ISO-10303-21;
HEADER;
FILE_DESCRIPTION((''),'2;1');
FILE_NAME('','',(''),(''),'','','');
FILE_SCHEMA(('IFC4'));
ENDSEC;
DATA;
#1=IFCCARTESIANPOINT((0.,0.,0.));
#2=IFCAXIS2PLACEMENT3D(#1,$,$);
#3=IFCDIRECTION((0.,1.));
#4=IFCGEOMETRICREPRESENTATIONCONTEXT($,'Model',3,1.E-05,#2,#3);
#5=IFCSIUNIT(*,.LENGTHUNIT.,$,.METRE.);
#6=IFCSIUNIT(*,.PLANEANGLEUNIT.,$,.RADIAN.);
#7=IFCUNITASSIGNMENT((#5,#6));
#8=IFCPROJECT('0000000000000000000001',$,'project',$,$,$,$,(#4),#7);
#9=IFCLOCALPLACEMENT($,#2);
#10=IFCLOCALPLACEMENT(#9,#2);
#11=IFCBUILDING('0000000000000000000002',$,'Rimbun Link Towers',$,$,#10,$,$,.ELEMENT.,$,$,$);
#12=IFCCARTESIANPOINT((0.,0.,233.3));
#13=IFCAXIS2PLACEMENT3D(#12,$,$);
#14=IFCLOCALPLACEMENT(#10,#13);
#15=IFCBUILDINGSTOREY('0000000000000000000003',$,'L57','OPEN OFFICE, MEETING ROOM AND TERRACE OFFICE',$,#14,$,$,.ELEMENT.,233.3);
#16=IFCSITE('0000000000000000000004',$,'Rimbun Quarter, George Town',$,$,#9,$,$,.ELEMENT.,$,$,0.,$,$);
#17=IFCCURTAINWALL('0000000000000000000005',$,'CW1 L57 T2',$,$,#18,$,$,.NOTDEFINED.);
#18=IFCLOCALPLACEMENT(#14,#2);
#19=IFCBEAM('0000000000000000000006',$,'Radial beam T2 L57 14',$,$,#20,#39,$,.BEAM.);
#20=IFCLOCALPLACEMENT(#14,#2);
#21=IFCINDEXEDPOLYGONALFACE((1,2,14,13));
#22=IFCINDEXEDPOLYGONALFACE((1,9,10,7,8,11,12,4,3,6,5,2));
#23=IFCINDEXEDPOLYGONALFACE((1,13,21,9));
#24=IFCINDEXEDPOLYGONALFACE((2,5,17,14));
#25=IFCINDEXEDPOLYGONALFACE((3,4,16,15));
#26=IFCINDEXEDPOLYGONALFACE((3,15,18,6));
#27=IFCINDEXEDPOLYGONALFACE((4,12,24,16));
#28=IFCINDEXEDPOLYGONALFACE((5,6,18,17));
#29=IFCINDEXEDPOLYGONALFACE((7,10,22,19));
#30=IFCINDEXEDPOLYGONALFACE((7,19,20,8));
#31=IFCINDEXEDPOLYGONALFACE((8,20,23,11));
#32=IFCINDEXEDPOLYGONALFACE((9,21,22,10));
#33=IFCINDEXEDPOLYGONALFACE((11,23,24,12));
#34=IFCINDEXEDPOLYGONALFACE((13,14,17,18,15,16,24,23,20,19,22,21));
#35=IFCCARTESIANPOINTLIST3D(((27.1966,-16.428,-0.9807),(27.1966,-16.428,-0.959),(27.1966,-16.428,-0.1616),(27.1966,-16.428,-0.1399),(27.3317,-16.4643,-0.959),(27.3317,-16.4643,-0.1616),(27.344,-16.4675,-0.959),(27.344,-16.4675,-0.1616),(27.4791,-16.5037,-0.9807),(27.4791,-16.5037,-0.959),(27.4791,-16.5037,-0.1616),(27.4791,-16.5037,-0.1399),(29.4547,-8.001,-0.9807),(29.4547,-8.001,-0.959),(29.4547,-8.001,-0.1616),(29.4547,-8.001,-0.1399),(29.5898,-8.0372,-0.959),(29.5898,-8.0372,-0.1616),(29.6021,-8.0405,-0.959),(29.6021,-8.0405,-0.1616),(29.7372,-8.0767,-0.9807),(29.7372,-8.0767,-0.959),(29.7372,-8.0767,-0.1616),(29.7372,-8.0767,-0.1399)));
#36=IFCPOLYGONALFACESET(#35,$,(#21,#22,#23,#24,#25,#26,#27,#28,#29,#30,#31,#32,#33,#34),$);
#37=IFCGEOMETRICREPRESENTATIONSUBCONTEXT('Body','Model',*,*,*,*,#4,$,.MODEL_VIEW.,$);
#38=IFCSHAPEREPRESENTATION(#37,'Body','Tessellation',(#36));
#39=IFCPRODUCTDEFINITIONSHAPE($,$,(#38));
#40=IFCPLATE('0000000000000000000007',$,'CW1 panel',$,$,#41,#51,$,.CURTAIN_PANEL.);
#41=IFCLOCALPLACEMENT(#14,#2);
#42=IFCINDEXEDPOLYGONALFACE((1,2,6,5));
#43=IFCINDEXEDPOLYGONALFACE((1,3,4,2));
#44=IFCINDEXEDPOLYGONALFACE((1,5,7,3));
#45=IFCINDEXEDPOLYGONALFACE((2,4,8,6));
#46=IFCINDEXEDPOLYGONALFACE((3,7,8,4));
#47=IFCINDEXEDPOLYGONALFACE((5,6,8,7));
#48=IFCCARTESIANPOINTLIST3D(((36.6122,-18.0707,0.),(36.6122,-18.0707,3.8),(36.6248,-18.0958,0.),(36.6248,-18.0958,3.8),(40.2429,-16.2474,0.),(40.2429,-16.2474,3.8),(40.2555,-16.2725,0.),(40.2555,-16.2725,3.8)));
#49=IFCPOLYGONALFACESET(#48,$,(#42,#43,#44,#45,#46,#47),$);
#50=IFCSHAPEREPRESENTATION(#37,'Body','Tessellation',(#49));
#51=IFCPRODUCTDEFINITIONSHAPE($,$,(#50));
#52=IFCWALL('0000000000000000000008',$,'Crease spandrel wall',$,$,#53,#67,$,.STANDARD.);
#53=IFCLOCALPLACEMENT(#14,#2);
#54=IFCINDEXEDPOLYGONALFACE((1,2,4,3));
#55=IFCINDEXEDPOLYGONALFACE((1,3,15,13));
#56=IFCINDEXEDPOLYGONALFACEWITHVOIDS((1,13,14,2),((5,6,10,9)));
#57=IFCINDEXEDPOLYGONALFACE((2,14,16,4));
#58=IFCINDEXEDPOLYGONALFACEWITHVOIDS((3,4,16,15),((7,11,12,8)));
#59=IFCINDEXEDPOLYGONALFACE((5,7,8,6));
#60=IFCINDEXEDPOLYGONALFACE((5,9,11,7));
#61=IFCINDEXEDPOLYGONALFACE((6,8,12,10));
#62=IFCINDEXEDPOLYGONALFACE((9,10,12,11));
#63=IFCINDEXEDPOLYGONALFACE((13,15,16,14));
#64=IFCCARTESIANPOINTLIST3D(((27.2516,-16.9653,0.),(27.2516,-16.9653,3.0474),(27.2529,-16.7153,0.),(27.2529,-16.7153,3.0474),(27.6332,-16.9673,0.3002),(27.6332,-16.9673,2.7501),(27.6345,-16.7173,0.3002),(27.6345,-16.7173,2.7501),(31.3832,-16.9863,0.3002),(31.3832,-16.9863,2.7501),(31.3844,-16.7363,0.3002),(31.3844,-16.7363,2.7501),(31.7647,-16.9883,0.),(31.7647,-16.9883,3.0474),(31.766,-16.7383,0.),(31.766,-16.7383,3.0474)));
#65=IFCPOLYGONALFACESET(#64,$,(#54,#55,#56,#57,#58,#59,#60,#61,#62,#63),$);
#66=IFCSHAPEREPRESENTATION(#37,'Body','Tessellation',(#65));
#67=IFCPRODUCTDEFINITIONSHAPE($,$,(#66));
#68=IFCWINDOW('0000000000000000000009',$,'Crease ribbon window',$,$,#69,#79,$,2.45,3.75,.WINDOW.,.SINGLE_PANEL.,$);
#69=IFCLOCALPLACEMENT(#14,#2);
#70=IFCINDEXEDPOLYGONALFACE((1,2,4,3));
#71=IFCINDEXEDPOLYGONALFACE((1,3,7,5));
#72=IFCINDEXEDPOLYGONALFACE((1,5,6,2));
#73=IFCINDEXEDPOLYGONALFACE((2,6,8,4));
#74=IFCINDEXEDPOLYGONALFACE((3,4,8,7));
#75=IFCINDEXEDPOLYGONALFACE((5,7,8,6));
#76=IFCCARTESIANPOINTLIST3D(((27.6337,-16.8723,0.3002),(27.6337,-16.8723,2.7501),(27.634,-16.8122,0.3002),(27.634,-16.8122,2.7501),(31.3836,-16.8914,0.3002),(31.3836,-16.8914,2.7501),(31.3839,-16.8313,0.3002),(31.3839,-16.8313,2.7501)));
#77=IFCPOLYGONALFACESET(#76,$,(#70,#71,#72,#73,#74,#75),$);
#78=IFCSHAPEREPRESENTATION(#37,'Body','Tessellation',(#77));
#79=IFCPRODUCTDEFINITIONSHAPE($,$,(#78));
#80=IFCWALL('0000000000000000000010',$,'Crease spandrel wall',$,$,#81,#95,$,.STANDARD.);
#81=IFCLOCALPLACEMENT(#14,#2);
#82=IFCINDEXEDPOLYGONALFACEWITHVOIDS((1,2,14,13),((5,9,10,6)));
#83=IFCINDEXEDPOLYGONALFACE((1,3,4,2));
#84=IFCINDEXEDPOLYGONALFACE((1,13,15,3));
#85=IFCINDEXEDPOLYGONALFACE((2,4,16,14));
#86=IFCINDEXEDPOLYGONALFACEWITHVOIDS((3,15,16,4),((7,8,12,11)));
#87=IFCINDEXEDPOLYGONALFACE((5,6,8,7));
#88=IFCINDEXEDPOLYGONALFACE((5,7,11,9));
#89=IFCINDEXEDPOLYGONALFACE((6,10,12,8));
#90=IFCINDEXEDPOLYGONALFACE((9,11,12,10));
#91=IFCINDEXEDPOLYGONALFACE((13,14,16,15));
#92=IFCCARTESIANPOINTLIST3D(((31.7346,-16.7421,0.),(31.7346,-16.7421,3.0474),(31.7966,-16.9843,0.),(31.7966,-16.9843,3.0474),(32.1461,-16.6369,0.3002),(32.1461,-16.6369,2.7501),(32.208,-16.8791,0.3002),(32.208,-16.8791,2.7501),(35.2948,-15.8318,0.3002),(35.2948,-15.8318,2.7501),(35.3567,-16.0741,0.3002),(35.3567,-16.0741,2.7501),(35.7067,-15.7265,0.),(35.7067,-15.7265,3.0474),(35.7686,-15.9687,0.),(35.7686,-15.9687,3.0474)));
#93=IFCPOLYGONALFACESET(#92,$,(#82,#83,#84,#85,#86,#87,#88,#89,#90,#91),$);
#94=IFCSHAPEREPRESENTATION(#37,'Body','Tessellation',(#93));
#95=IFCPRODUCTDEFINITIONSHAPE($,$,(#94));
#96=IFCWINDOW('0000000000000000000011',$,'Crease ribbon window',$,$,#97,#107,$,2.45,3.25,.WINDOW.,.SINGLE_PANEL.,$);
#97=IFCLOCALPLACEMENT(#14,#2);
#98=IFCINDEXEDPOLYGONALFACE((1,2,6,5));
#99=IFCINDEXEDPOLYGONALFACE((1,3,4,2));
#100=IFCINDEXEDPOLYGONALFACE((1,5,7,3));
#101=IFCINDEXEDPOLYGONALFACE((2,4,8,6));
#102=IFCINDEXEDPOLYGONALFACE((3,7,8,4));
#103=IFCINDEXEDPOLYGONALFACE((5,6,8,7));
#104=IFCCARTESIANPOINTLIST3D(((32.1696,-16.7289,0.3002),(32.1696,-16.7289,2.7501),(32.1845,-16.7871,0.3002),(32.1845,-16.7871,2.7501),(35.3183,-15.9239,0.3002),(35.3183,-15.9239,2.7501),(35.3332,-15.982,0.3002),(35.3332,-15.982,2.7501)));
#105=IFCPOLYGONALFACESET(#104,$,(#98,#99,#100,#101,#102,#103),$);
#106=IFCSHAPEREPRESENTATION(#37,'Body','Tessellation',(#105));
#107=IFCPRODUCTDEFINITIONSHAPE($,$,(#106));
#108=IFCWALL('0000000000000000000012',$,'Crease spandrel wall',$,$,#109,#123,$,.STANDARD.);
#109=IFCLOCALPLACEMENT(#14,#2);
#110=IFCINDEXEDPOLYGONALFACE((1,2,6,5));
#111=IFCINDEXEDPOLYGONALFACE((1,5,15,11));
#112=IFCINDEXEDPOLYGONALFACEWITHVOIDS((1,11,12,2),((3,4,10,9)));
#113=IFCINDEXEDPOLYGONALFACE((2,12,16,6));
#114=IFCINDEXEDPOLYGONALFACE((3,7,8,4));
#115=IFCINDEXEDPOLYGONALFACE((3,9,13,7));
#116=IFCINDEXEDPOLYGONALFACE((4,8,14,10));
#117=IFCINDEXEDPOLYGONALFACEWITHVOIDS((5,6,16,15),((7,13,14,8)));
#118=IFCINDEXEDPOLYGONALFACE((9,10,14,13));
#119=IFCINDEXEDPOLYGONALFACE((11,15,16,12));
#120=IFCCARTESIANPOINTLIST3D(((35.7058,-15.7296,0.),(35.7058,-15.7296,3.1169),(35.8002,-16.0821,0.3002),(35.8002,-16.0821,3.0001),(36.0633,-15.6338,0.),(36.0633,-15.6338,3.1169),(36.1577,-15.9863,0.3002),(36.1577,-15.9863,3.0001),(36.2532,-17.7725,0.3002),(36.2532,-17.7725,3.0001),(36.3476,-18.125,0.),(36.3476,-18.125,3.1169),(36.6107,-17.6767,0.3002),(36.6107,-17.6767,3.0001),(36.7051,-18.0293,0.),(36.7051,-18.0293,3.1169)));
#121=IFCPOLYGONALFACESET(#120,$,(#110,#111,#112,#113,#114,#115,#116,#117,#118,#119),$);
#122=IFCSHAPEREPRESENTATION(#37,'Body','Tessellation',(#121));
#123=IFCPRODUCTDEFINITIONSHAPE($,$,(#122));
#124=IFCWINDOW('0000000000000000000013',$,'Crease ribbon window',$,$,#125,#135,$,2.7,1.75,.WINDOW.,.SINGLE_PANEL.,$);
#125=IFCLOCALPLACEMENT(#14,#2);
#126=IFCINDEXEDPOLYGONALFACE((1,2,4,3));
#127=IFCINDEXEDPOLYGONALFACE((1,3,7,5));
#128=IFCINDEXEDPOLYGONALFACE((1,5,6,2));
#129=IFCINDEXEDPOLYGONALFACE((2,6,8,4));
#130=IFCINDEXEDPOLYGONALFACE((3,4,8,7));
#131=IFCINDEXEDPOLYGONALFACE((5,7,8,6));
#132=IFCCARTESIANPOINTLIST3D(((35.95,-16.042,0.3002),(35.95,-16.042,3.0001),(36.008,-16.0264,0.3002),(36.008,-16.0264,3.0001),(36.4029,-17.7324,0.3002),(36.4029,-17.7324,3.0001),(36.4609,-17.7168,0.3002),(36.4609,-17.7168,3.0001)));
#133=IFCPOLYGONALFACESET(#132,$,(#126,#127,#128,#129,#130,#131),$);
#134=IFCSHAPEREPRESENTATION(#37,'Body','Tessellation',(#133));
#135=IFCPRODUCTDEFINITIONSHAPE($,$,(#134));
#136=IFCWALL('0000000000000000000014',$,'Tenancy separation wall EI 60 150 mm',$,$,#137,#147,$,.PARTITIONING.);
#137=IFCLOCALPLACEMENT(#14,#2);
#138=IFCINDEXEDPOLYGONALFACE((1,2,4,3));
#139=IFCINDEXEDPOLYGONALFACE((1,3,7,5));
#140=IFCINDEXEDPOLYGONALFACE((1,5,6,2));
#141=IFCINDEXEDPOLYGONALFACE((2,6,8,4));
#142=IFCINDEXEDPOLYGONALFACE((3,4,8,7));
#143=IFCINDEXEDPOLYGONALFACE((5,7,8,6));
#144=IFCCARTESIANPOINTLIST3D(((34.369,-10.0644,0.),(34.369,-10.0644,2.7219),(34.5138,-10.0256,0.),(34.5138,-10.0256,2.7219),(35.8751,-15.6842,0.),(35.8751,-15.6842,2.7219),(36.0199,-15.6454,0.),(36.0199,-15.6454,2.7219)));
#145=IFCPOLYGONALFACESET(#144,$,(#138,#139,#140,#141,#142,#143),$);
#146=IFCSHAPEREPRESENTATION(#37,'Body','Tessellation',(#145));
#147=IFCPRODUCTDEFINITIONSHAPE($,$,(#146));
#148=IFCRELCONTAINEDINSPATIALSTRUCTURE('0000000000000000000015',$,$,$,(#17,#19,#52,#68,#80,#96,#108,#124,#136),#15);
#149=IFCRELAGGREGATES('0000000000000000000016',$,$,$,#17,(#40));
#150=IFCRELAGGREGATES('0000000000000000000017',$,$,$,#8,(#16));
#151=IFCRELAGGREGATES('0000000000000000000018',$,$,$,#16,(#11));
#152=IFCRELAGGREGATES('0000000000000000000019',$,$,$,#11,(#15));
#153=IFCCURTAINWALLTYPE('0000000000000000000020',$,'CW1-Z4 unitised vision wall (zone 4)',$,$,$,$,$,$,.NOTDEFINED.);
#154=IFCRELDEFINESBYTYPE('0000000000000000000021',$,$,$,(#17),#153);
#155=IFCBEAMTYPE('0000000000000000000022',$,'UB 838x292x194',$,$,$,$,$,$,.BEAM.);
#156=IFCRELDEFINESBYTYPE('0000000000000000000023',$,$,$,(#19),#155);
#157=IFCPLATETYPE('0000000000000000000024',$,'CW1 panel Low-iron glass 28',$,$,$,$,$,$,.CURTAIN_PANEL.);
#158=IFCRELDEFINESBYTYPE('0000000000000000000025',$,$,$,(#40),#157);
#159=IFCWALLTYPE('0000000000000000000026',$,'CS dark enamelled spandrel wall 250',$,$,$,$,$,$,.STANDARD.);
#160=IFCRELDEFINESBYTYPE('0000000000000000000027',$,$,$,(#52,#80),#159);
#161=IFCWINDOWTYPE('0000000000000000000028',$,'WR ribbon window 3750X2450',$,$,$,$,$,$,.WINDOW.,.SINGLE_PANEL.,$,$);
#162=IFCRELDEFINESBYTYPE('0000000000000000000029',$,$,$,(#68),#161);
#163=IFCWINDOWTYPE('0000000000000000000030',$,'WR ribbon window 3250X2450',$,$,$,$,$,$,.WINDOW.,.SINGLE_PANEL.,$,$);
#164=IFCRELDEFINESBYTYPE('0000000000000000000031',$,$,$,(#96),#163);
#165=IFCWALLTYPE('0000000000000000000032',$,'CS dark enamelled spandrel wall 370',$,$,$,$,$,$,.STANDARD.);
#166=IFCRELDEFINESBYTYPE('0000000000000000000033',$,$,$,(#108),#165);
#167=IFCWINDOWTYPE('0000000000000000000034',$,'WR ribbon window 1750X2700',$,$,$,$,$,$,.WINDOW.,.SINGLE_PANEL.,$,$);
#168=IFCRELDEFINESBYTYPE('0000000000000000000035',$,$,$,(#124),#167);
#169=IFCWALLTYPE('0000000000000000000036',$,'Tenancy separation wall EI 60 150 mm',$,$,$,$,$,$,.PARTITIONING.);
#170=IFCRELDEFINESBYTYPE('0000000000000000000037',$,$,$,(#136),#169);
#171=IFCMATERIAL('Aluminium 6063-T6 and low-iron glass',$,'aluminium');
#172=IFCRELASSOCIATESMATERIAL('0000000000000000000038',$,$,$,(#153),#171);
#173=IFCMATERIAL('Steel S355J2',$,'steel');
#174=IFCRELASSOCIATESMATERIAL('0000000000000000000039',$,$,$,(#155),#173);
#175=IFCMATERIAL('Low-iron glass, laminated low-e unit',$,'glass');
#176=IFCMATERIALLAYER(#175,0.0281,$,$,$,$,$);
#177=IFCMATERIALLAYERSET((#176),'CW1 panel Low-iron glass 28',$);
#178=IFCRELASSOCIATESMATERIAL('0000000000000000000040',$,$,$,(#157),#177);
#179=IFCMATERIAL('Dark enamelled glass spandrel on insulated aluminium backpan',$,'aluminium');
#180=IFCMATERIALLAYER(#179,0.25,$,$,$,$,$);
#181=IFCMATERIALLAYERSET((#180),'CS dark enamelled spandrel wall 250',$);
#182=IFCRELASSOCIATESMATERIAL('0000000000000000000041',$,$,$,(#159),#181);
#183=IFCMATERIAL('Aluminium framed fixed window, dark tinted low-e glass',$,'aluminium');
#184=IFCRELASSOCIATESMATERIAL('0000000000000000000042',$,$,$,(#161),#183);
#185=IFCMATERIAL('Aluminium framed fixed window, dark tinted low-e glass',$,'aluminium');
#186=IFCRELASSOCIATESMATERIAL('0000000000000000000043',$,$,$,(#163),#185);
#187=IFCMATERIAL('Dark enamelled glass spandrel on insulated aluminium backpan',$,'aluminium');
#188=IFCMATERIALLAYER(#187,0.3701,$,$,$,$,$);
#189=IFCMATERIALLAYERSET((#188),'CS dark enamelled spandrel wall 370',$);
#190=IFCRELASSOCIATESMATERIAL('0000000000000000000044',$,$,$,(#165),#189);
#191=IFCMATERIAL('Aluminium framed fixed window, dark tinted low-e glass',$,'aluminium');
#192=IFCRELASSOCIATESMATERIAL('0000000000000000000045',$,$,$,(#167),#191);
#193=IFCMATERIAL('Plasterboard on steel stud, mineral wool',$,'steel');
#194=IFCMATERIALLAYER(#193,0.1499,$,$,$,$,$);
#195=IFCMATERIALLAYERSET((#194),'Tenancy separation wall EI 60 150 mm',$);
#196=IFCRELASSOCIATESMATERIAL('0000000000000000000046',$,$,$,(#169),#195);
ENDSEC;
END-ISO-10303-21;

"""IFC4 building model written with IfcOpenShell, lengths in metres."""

from ifc_helpers import new_model, si_unit, direction, frame, frame_2d, origin, origin_2d, place, context, subcontext, project, spatial, rectangle, i_section, extrude, material, layer, layer_set, material_profile, profile_set, type_object, element, fill, aggregate, save


model = new_model("IFC4")

# Units and contexts
model_context = context("Model", 3, precision=1e-05, world=origin(), true_north=direction((0.0, 1.0)))
body_context = subcontext(model_context, "Body", "Model", "MODEL_VIEW")
ifc_project = project(units=[si_unit("LENGTHUNIT", "METRE"), si_unit("PLANEANGLEUNIT", "RADIAN")], contexts=[model_context])

# Site, building, storey
site_placement = place(None, origin())
site = spatial("IfcSite", under=ifc_project, at=site_placement, Name="Rimbun Quarter, George Town", CompositionType="ELEMENT", RefElevation=0.0)
building_placement = place(site_placement, origin())
building = spatial("IfcBuilding", under=site, at=building_placement, Name="Rimbun Link Towers", CompositionType="ELEMENT")
storey_placement = place(building_placement, frame((0.0, 0.0, 233.3)))
storey = spatial("IfcBuildingStorey", under=building, at=storey_placement, Name="L57", Description="OPEN OFFICE, MEETING ROOM AND TERRACE OFFICE", CompositionType="ELEMENT", Elevation=233.3)

# Curtain wall
ifc_material_1 = material(Name="Aluminium 6063-T6 and low-iron glass", Category="aluminium")
curtain_wall_type = type_object("IfcCurtainWallType", Name="CW1-Z4 unitised vision wall (zone 4)", PredefinedType="NOTDEFINED", material=ifc_material_1)
curtain_wall_placement = place(storey_placement, origin())
curtain_wall = element("IfcCurtainWall", 1, at=curtain_wall_placement, inside=storey, type_object=curtain_wall_type, Name="CW1 L57 T2", PredefinedType="NOTDEFINED")

# Beam
ifc_material_2 = material(Name="Steel S355J2", Category="steel")
ifc_material_profile_1 = material_profile(ifc_material_2, i_section(OverallWidth=0.2925, OverallDepth=0.8408, WebThickness=0.0127, FlangeThickness=0.0217, at=origin_2d()), Name="UB 838x292x194")
ifc_profile_set_1 = profile_set([ifc_material_profile_1], Name="Steel S355J2")
beam_type_1 = type_object("IfcBeamType", Name="UB 838x292x194", PredefinedType="BEAM", material=ifc_profile_set_1)
beam_1_placement = place(storey_placement, frame((29.5959, -8.0388, -0.5603), z_axis=(-0.258824, -0.965924, 0.0), x_axis=(0.965924, -0.258824, 0.0)))
element("IfcBeam", 2, at=beam_1_placement, inside=storey, type_object=beam_type_1, Name="Radial beam T2 L57 14", PredefinedType="BEAM", context=body_context, shape_type="SweptSolid", body=[
    extrude(i_section(OverallWidth=0.2925, OverallDepth=0.8408, WebThickness=0.0127, FlangeThickness=0.0217, at=origin_2d()), origin(), (0.0, 0.0, 1.0), 8.7244),
])

# Plate
ifc_material_3 = material(Name="Low-iron glass, laminated low-e unit", Category="glass")
ifc_layer_1 = layer(ifc_material_3, 0.0281)
ifc_layer_set_1 = layer_set([ifc_layer_1], Name="CW1 panel Low-iron glass 28")
plate_type = type_object("IfcPlateType", Name="CW1 panel Low-iron glass 28", PredefinedType="CURTAIN_PANEL", material=ifc_layer_set_1)
plate_placement = place(storey_placement, frame((38.4338, -17.1716, 0.0), z_axis=(0.0, 0.0, 1.0), x_axis=(-0.893643, -0.448779, 0.0)))
plate = element("IfcPlate", 3, at=plate_placement, type_object=plate_type, Name="CW1 panel", PredefinedType="CURTAIN_PANEL", context=body_context, shape_type="SweptSolid", body=[
    extrude(rectangle(XDim=4.0627, YDim=0.0281, at=origin_2d()), origin(), (0.0, 0.0, 1.0), 3.8),
])
aggregate(curtain_wall, [plate])

# Walls, openings, windows
ifc_material_4 = material(Name="Dark enamelled glass spandrel on insulated aluminium backpan", Category="aluminium")
ifc_layer_2 = layer(ifc_material_4, 0.25)
ifc_layer_set_2 = layer_set([ifc_layer_2], Name="CS dark enamelled spandrel wall 250")
wall_type_1 = type_object("IfcWallType", Name="CS dark enamelled spandrel wall 250", PredefinedType="STANDARD", material=ifc_layer_set_2)
wall_1_placement = place(storey_placement, frame((31.7654, -16.8633, 0.0), z_axis=(0.0, 0.0, 1.0), x_axis=(-0.999987, 0.005085, 0.0)))
wall_1 = element("IfcWall", 4, at=wall_1_placement, inside=storey, type_object=wall_type_1, Name="Crease spandrel wall", PredefinedType="STANDARD", context=body_context, shape_type="SweptSolid", body=[
    extrude(rectangle(XDim=4.5132, YDim=0.25, at=frame_2d((2.2566, 0.0))), origin(), (0.0, 0.0, 1.0), 3.0474),
])
opening_1_placement = place(wall_1_placement, frame((0.3816, 0.0, 0.3)))
opening_1 = element("IfcOpeningElement", 5, at=opening_1_placement, cuts=wall_1, PredefinedType="OPENING", context=body_context, shape_type="SweptSolid", body=[
    extrude(rectangle(XDim=3.75, YDim=2.45, at=frame_2d((1.875, 1.2251))), frame((0.0, 0.135, 0.0), z_axis=(0.0, -1.0, 0.0), x_axis=(1.0, 0.0, 0.0)), (0.0, 0.0, 1.0), 0.27),
])
ifc_material_5 = material(Name="Aluminium framed fixed window, dark tinted low-e glass", Category="aluminium")
window_type_1 = type_object("IfcWindowType", Name="WR ribbon window 3750X2450", PartitioningType="SINGLE_PANEL", PredefinedType="WINDOW", material=ifc_material_5)
window_1_placement = place(opening_1_placement, origin())
window_1 = element("IfcWindow", 6, at=window_1_placement, inside=storey, type_object=window_type_1, Name="Crease ribbon window", OverallHeight=2.45, OverallWidth=3.75, PartitioningType="SINGLE_PANEL", PredefinedType="WINDOW", context=body_context, shape_type="SweptSolid", body=[
    extrude(rectangle(XDim=3.75, YDim=2.45, at=frame_2d((1.875, 1.2251))), frame((0.0, 0.03, 0.0), z_axis=(0.0, -1.0, 0.0), x_axis=(1.0, 0.0, 0.0)), (0.0, 0.0, 1.0), 0.0601),
])
fill(opening_1, window_1)
wall_2_placement = place(storey_placement, frame((35.7375, -15.8477, 0.0), z_axis=(0.0, 0.0, 1.0), x_axis=(-0.968833, -0.247716, 0.0)))
wall_2 = element("IfcWall", 7, at=wall_2_placement, inside=storey, type_object=wall_type_1, Name="Crease spandrel wall", PredefinedType="STANDARD", context=body_context, shape_type="SweptSolid", body=[
    extrude(rectangle(XDim=4.0999, YDim=0.25, at=frame_2d((2.0498, 0.0))), origin(), (0.0, 0.0, 1.0), 3.0474),
])
opening_2_placement = place(wall_2_placement, frame((0.425, 0.0, 0.3)))
opening_2 = element("IfcOpeningElement", 8, at=opening_2_placement, cuts=wall_2, PredefinedType="OPENING", context=body_context, shape_type="SweptSolid", body=[
    extrude(rectangle(XDim=3.25, YDim=2.45, at=frame_2d((1.625, 1.2251))), frame((0.0, 0.135, 0.0), z_axis=(0.0, -1.0, 0.0), x_axis=(1.0, 0.0, 0.0)), (0.0, 0.0, 1.0), 0.27),
])
ifc_material_6 = material(Name="Aluminium framed fixed window, dark tinted low-e glass", Category="aluminium")
window_type_2 = type_object("IfcWindowType", Name="WR ribbon window 3250X2450", PartitioningType="SINGLE_PANEL", PredefinedType="WINDOW", material=ifc_material_6)
window_2_placement = place(opening_2_placement, origin())
window_2 = element("IfcWindow", 9, at=window_2_placement, inside=storey, type_object=window_type_2, Name="Crease ribbon window", OverallHeight=2.45, OverallWidth=3.25, PartitioningType="SINGLE_PANEL", PredefinedType="WINDOW", context=body_context, shape_type="SweptSolid", body=[
    extrude(rectangle(XDim=3.25, YDim=2.45, at=frame_2d((1.625, 1.2251))), frame((0.0, 0.03, 0.0), z_axis=(0.0, -1.0, 0.0), x_axis=(1.0, 0.0, 0.0)), (0.0, 0.0, 1.0), 0.0601),
])
fill(opening_2, window_2)
ifc_material_7 = material(Name="Dark enamelled glass spandrel on insulated aluminium backpan", Category="aluminium")
ifc_layer_3 = layer(ifc_material_7, 0.3701)
ifc_layer_set_3 = layer_set([ifc_layer_3], Name="CS dark enamelled spandrel wall 370")
wall_type_2 = type_object("IfcWallType", Name="CS dark enamelled spandrel wall 370", PredefinedType="STANDARD", material=ifc_layer_set_3)
wall_3_placement = place(storey_placement, frame((36.5264, -18.0771, 0.0), z_axis=(0.0, 0.0, 1.0), x_axis=(-0.258808, 0.965929, 0.0)))
wall_3 = element("IfcWall", 10, at=wall_3_placement, inside=storey, type_object=wall_type_2, Name="Crease spandrel wall", PredefinedType="STANDARD", context=body_context, shape_type="SweptSolid", body=[
    extrude(rectangle(XDim=2.48, YDim=0.3701, at=frame_2d((1.24, 0.0))), origin(), (0.0, 0.0, 1.0), 3.1169),
])
opening_3_placement = place(wall_3_placement, frame((0.365, 0.0, 0.3)))
opening_3 = element("IfcOpeningElement", 11, at=opening_3_placement, cuts=wall_3, PredefinedType="OPENING", context=body_context, shape_type="SweptSolid", body=[
    extrude(rectangle(XDim=1.75, YDim=2.7, at=frame_2d((0.875, 1.3501))), frame((0.0, 0.1951, 0.0), z_axis=(0.0, -1.0, 0.0), x_axis=(1.0, 0.0, 0.0)), (0.0, 0.0, 1.0), 0.3901),
])
ifc_material_8 = material(Name="Aluminium framed fixed window, dark tinted low-e glass", Category="aluminium")
window_type_3 = type_object("IfcWindowType", Name="WR ribbon window 1750X2700", PartitioningType="SINGLE_PANEL", PredefinedType="WINDOW", material=ifc_material_8)
window_3_placement = place(opening_3_placement, origin())
window_3 = element("IfcWindow", 12, at=window_3_placement, inside=storey, type_object=window_type_3, Name="Crease ribbon window", OverallHeight=2.7, OverallWidth=1.75, PartitioningType="SINGLE_PANEL", PredefinedType="WINDOW", context=body_context, shape_type="SweptSolid", body=[
    extrude(rectangle(XDim=1.75, YDim=2.7, at=frame_2d((0.875, 1.3501))), frame((0.0, 0.03, 0.0), z_axis=(0.0, -1.0, 0.0), x_axis=(1.0, 0.0, 0.0)), (0.0, 0.0, 1.0), 0.0601),
])
fill(opening_3, window_3)

# Wall
ifc_material_9 = material(Name="Plasterboard on steel stud, mineral wool", Category="steel")
ifc_layer_4 = layer(ifc_material_9, 0.1499)
ifc_layer_set_4 = layer_set([ifc_layer_4], Name="Tenancy separation wall EI 60 150 mm")
wall_type_3 = type_object("IfcWallType", Name="Tenancy separation wall EI 60 150 mm", PredefinedType="PARTITIONING", material=ifc_layer_set_4)
wall_4_placement = place(storey_placement, frame((34.4414, -10.0449, 0.0), z_axis=(0.0, 0.0, 1.0), x_axis=(0.258861, -0.965915, 0.0)))
element("IfcWall", 13, at=wall_4_placement, inside=storey, type_object=wall_type_3, Name="Tenancy separation wall EI 60 150 mm", PredefinedType="PARTITIONING", context=body_context, shape_type="SweptSolid", body=[
    extrude(rectangle(XDim=5.8181, YDim=0.1499, at=frame_2d((2.9092, 0.0))), origin(), (0.0, 0.0, 1.0), 2.7219),
])

save(model, "model.ifc")
